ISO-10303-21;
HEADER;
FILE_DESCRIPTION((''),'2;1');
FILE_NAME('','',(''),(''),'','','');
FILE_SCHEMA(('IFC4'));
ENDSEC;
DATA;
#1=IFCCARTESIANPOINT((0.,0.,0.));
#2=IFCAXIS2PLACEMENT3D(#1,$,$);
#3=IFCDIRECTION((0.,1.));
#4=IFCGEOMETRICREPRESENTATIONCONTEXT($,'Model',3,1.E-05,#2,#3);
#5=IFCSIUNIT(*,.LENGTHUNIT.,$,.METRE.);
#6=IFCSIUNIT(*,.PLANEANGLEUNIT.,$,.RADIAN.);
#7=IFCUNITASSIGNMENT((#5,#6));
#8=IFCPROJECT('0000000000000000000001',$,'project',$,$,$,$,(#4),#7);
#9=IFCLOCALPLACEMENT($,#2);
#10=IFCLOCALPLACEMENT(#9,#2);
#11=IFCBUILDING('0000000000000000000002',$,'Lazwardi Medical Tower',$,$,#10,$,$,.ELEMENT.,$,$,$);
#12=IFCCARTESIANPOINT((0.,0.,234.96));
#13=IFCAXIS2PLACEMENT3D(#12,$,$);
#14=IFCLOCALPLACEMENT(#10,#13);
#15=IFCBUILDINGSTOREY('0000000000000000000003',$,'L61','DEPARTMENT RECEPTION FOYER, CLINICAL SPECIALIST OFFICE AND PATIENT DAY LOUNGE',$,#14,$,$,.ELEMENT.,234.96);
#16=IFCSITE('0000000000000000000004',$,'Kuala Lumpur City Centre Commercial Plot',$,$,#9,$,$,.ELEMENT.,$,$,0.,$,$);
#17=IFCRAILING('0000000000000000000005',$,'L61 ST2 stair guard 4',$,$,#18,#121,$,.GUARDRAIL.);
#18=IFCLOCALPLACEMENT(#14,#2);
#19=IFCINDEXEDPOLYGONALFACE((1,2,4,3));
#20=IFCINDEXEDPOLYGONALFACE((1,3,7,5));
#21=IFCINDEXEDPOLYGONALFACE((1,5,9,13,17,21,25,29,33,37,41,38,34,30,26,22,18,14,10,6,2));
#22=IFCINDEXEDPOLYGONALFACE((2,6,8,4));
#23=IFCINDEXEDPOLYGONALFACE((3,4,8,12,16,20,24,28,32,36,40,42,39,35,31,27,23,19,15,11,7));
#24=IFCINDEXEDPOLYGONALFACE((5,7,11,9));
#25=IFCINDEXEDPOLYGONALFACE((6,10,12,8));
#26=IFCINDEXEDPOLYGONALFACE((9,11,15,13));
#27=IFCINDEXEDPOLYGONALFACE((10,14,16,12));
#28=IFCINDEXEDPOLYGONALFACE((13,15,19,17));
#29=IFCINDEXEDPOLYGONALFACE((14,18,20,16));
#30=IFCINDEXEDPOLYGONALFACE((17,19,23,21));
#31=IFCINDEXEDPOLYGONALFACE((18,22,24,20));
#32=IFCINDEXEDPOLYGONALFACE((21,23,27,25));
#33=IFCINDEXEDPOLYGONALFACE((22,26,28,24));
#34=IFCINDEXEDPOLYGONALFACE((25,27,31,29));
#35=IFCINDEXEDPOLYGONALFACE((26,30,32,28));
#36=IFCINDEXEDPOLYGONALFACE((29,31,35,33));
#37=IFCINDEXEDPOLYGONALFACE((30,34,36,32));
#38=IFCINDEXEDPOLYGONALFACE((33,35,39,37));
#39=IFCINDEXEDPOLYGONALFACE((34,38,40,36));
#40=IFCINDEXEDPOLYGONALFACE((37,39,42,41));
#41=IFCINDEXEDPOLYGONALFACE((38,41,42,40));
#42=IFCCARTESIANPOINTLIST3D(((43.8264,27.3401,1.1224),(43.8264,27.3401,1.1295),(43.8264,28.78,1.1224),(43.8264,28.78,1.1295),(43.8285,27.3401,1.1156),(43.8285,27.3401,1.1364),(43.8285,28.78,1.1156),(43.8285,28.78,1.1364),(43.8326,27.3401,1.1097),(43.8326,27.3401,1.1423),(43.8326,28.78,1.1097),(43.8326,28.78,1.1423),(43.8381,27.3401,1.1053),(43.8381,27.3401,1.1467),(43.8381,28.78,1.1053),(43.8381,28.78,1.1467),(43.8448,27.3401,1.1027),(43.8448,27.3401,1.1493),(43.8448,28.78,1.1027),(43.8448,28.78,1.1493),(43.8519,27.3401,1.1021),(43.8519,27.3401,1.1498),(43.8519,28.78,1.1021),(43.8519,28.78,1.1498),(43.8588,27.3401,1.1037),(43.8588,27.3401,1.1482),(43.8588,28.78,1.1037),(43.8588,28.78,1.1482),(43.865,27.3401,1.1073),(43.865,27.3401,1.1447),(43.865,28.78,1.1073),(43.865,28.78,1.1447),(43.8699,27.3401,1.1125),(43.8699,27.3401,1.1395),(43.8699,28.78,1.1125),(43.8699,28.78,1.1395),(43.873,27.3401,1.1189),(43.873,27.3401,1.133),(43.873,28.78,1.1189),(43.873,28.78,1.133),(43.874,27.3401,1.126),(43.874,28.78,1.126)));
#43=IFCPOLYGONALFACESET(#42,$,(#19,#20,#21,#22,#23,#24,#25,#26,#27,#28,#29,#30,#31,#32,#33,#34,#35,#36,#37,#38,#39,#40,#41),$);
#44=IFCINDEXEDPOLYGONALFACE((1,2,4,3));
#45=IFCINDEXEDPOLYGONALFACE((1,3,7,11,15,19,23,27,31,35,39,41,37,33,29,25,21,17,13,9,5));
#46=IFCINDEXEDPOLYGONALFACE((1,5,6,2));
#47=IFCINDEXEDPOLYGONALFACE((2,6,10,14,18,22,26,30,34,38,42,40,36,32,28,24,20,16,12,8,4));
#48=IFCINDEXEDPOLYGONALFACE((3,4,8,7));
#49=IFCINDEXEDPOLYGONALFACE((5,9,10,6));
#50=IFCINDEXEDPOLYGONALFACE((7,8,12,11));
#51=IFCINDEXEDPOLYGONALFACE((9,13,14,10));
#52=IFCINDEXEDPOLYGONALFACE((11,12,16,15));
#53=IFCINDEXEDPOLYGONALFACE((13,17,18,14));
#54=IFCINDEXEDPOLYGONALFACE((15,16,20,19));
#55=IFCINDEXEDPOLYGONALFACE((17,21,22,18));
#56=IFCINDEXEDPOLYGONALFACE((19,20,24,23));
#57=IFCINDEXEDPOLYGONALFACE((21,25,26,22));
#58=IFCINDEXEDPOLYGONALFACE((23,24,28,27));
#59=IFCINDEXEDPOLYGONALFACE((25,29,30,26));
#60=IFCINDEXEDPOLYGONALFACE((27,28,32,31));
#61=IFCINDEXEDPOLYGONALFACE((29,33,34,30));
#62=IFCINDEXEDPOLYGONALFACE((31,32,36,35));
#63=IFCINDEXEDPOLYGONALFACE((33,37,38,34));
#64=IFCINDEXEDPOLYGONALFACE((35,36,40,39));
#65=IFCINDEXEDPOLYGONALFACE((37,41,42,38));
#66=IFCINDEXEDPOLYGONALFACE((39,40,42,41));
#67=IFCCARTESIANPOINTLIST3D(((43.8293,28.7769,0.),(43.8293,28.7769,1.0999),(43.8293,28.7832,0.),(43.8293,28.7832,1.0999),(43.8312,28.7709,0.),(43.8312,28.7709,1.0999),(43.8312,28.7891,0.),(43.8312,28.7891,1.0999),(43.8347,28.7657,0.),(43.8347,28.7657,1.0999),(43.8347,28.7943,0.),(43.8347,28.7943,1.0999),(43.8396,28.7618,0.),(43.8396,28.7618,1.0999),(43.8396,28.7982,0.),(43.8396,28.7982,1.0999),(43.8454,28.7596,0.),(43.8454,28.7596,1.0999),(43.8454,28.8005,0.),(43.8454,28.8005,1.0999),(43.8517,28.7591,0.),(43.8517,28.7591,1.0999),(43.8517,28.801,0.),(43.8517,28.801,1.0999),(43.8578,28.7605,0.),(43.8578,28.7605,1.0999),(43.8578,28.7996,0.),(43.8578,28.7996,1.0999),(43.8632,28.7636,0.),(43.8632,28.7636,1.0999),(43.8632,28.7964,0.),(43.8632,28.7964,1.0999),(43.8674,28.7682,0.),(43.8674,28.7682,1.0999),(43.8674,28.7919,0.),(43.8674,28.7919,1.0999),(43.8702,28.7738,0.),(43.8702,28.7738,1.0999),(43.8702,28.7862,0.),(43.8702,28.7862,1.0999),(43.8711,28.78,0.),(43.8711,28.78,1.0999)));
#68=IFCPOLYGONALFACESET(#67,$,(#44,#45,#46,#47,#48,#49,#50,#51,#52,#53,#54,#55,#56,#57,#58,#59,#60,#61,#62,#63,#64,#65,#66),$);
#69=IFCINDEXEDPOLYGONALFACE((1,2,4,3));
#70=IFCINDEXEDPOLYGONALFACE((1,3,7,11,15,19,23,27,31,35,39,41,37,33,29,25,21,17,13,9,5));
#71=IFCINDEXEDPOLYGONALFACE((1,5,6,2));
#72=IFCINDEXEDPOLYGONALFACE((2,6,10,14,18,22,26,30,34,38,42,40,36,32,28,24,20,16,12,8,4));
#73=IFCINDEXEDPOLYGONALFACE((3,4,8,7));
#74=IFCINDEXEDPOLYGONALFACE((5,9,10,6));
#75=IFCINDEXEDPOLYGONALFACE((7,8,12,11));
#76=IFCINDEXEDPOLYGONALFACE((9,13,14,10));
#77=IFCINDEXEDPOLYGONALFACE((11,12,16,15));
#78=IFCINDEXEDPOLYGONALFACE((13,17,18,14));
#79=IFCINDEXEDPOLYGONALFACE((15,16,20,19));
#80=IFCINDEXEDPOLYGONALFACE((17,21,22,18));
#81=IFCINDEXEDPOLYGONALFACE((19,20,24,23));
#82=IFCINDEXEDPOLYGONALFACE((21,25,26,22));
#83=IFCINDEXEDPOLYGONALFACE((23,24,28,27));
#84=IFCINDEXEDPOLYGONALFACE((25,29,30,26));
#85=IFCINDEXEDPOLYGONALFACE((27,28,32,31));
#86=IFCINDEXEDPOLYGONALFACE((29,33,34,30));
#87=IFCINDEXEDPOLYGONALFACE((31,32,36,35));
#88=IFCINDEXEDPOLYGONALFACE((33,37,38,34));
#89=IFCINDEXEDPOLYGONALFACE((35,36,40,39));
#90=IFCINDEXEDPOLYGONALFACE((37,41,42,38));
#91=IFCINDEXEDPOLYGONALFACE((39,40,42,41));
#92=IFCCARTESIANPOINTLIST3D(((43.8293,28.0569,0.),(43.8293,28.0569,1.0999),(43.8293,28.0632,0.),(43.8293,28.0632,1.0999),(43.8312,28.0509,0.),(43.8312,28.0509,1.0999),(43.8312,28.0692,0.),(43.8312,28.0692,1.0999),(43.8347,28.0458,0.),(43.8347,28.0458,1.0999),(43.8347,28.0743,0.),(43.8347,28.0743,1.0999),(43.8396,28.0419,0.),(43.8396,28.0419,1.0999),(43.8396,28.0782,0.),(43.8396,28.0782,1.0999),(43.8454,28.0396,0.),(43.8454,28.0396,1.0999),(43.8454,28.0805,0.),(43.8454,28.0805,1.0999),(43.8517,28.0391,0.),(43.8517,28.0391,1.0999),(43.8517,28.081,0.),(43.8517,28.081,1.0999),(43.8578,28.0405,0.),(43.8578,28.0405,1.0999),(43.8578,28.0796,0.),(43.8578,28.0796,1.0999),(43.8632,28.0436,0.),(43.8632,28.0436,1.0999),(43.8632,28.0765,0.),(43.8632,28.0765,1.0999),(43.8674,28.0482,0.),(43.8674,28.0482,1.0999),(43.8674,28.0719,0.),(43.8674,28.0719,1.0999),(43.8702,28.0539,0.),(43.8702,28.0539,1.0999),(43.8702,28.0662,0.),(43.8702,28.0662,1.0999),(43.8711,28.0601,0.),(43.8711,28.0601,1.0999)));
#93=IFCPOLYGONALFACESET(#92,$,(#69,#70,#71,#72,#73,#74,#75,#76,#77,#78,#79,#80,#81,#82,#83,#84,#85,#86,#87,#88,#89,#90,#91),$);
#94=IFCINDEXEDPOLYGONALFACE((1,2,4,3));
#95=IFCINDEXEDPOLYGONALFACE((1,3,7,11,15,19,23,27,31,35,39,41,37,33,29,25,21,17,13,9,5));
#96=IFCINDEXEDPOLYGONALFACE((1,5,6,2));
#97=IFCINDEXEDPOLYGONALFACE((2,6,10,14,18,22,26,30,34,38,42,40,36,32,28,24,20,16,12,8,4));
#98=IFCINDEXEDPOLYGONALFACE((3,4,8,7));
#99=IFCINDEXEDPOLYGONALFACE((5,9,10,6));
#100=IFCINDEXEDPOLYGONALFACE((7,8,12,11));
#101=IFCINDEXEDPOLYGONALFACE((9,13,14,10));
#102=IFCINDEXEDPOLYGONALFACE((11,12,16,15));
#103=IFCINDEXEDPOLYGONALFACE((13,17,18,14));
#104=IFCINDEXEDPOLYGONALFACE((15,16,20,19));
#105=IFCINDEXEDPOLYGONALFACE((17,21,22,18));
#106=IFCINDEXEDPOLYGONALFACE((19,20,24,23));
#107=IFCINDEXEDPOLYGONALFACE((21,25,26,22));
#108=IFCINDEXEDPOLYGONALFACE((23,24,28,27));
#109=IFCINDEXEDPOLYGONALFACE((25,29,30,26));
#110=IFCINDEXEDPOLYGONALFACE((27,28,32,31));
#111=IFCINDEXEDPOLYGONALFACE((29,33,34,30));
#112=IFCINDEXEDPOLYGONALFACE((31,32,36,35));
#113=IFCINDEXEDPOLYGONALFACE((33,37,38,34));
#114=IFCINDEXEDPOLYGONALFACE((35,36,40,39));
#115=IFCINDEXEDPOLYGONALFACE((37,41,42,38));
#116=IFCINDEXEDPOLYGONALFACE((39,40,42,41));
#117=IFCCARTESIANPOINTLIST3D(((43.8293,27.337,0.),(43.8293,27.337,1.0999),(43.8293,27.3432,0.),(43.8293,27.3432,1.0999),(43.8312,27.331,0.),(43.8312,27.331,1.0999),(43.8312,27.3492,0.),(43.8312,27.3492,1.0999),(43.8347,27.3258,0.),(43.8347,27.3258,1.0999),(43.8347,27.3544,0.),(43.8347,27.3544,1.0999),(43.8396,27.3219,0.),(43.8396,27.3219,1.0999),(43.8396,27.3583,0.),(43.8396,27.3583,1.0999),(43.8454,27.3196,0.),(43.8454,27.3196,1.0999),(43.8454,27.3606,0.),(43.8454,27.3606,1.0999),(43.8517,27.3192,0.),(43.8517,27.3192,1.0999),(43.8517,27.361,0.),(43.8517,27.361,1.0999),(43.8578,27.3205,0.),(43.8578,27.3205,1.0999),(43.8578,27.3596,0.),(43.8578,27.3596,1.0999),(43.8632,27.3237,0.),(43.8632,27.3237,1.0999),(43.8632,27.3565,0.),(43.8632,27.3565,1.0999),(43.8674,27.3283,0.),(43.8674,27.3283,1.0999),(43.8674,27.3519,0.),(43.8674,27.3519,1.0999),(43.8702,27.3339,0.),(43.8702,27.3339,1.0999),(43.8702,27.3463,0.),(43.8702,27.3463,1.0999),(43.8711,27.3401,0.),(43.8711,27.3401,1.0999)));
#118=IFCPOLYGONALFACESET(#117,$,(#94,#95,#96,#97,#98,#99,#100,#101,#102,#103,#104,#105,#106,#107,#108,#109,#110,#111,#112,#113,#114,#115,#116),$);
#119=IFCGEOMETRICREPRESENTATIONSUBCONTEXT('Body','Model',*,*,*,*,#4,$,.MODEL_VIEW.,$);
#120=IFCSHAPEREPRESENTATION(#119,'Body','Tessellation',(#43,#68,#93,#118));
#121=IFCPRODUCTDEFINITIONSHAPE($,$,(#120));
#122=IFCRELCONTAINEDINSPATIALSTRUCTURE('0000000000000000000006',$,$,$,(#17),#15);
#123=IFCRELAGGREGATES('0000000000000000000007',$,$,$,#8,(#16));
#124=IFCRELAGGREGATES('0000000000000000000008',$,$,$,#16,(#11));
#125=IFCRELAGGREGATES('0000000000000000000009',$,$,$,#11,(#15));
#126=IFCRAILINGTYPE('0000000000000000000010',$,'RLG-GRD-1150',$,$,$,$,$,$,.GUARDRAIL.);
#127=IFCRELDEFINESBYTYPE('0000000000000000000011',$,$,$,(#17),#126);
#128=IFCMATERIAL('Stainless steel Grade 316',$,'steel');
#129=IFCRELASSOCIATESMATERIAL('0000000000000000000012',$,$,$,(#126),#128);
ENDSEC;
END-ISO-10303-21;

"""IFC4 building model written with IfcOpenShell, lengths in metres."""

from ifc_helpers import new_model, si_unit, direction, frame, origin, origin_2d, place, context, subcontext, project, spatial, circle, extrude, material, type_object, element, save


model = new_model("IFC4")

# Units and contexts
model_context = context("Model", 3, precision=1e-05, world=origin(), true_north=direction((0.0, 1.0)))
body_context = subcontext(model_context, "Body", "Model", "MODEL_VIEW")
ifc_project = project(units=[si_unit("LENGTHUNIT", "METRE"), si_unit("PLANEANGLEUNIT", "RADIAN")], contexts=[model_context])

# Site, building, storey
site_placement = place(None, origin())
site = spatial("IfcSite", under=ifc_project, at=site_placement, Name="Kuala Lumpur City Centre Commercial Plot", CompositionType="ELEMENT", RefElevation=0.0)
building_placement = place(site_placement, origin())
building = spatial("IfcBuilding", under=site, at=building_placement, Name="Lazwardi Medical Tower", CompositionType="ELEMENT")
storey_placement = place(building_placement, frame((0.0, 0.0, 234.96)))
storey = spatial("IfcBuildingStorey", under=building, at=storey_placement, Name="L61", Description="DEPARTMENT RECEPTION FOYER, CLINICAL SPECIALIST OFFICE AND PATIENT DAY LOUNGE", CompositionType="ELEMENT", Elevation=234.96)

# Railing
ifc_material_1 = material(Name="Stainless steel Grade 316", Category="steel")
railing_type_1 = type_object("IfcRailingType", Name="RLG-GRD-1150", PredefinedType="GUARDRAIL", material=ifc_material_1)
railing_1_placement = place(storey_placement, frame((43.8501, 28.78, 0.0)))
element("IfcRailing", 1, at=railing_1_placement, inside=storey, type_object=railing_type_1, Name="L61 ST2 stair guard 4", PredefinedType="GUARDRAIL", context=body_context, shape_type="SweptSolid", body=[
    extrude(circle(Radius=0.0239, at=origin_2d()), frame((0.0, 0.0, 1.126), z_axis=(0.0, -1.0, 0.0), x_axis=(1.0, 0.0, 0.0)), (0.0, 0.0, 1.0), 1.4399),
    extrude(circle(Radius=0.021, at=origin_2d()), origin(), (0.0, 0.0, 1.0), 1.0999),
    extrude(circle(Radius=0.021, at=origin_2d()), frame((0.0, -0.72, 0.0)), (0.0, 0.0, 1.0), 1.0999),
    extrude(circle(Radius=0.021, at=origin_2d()), frame((0.0, -1.4399, 0.0)), (0.0, 0.0, 1.0), 1.0999),
])

save(model, "model.ifc")
